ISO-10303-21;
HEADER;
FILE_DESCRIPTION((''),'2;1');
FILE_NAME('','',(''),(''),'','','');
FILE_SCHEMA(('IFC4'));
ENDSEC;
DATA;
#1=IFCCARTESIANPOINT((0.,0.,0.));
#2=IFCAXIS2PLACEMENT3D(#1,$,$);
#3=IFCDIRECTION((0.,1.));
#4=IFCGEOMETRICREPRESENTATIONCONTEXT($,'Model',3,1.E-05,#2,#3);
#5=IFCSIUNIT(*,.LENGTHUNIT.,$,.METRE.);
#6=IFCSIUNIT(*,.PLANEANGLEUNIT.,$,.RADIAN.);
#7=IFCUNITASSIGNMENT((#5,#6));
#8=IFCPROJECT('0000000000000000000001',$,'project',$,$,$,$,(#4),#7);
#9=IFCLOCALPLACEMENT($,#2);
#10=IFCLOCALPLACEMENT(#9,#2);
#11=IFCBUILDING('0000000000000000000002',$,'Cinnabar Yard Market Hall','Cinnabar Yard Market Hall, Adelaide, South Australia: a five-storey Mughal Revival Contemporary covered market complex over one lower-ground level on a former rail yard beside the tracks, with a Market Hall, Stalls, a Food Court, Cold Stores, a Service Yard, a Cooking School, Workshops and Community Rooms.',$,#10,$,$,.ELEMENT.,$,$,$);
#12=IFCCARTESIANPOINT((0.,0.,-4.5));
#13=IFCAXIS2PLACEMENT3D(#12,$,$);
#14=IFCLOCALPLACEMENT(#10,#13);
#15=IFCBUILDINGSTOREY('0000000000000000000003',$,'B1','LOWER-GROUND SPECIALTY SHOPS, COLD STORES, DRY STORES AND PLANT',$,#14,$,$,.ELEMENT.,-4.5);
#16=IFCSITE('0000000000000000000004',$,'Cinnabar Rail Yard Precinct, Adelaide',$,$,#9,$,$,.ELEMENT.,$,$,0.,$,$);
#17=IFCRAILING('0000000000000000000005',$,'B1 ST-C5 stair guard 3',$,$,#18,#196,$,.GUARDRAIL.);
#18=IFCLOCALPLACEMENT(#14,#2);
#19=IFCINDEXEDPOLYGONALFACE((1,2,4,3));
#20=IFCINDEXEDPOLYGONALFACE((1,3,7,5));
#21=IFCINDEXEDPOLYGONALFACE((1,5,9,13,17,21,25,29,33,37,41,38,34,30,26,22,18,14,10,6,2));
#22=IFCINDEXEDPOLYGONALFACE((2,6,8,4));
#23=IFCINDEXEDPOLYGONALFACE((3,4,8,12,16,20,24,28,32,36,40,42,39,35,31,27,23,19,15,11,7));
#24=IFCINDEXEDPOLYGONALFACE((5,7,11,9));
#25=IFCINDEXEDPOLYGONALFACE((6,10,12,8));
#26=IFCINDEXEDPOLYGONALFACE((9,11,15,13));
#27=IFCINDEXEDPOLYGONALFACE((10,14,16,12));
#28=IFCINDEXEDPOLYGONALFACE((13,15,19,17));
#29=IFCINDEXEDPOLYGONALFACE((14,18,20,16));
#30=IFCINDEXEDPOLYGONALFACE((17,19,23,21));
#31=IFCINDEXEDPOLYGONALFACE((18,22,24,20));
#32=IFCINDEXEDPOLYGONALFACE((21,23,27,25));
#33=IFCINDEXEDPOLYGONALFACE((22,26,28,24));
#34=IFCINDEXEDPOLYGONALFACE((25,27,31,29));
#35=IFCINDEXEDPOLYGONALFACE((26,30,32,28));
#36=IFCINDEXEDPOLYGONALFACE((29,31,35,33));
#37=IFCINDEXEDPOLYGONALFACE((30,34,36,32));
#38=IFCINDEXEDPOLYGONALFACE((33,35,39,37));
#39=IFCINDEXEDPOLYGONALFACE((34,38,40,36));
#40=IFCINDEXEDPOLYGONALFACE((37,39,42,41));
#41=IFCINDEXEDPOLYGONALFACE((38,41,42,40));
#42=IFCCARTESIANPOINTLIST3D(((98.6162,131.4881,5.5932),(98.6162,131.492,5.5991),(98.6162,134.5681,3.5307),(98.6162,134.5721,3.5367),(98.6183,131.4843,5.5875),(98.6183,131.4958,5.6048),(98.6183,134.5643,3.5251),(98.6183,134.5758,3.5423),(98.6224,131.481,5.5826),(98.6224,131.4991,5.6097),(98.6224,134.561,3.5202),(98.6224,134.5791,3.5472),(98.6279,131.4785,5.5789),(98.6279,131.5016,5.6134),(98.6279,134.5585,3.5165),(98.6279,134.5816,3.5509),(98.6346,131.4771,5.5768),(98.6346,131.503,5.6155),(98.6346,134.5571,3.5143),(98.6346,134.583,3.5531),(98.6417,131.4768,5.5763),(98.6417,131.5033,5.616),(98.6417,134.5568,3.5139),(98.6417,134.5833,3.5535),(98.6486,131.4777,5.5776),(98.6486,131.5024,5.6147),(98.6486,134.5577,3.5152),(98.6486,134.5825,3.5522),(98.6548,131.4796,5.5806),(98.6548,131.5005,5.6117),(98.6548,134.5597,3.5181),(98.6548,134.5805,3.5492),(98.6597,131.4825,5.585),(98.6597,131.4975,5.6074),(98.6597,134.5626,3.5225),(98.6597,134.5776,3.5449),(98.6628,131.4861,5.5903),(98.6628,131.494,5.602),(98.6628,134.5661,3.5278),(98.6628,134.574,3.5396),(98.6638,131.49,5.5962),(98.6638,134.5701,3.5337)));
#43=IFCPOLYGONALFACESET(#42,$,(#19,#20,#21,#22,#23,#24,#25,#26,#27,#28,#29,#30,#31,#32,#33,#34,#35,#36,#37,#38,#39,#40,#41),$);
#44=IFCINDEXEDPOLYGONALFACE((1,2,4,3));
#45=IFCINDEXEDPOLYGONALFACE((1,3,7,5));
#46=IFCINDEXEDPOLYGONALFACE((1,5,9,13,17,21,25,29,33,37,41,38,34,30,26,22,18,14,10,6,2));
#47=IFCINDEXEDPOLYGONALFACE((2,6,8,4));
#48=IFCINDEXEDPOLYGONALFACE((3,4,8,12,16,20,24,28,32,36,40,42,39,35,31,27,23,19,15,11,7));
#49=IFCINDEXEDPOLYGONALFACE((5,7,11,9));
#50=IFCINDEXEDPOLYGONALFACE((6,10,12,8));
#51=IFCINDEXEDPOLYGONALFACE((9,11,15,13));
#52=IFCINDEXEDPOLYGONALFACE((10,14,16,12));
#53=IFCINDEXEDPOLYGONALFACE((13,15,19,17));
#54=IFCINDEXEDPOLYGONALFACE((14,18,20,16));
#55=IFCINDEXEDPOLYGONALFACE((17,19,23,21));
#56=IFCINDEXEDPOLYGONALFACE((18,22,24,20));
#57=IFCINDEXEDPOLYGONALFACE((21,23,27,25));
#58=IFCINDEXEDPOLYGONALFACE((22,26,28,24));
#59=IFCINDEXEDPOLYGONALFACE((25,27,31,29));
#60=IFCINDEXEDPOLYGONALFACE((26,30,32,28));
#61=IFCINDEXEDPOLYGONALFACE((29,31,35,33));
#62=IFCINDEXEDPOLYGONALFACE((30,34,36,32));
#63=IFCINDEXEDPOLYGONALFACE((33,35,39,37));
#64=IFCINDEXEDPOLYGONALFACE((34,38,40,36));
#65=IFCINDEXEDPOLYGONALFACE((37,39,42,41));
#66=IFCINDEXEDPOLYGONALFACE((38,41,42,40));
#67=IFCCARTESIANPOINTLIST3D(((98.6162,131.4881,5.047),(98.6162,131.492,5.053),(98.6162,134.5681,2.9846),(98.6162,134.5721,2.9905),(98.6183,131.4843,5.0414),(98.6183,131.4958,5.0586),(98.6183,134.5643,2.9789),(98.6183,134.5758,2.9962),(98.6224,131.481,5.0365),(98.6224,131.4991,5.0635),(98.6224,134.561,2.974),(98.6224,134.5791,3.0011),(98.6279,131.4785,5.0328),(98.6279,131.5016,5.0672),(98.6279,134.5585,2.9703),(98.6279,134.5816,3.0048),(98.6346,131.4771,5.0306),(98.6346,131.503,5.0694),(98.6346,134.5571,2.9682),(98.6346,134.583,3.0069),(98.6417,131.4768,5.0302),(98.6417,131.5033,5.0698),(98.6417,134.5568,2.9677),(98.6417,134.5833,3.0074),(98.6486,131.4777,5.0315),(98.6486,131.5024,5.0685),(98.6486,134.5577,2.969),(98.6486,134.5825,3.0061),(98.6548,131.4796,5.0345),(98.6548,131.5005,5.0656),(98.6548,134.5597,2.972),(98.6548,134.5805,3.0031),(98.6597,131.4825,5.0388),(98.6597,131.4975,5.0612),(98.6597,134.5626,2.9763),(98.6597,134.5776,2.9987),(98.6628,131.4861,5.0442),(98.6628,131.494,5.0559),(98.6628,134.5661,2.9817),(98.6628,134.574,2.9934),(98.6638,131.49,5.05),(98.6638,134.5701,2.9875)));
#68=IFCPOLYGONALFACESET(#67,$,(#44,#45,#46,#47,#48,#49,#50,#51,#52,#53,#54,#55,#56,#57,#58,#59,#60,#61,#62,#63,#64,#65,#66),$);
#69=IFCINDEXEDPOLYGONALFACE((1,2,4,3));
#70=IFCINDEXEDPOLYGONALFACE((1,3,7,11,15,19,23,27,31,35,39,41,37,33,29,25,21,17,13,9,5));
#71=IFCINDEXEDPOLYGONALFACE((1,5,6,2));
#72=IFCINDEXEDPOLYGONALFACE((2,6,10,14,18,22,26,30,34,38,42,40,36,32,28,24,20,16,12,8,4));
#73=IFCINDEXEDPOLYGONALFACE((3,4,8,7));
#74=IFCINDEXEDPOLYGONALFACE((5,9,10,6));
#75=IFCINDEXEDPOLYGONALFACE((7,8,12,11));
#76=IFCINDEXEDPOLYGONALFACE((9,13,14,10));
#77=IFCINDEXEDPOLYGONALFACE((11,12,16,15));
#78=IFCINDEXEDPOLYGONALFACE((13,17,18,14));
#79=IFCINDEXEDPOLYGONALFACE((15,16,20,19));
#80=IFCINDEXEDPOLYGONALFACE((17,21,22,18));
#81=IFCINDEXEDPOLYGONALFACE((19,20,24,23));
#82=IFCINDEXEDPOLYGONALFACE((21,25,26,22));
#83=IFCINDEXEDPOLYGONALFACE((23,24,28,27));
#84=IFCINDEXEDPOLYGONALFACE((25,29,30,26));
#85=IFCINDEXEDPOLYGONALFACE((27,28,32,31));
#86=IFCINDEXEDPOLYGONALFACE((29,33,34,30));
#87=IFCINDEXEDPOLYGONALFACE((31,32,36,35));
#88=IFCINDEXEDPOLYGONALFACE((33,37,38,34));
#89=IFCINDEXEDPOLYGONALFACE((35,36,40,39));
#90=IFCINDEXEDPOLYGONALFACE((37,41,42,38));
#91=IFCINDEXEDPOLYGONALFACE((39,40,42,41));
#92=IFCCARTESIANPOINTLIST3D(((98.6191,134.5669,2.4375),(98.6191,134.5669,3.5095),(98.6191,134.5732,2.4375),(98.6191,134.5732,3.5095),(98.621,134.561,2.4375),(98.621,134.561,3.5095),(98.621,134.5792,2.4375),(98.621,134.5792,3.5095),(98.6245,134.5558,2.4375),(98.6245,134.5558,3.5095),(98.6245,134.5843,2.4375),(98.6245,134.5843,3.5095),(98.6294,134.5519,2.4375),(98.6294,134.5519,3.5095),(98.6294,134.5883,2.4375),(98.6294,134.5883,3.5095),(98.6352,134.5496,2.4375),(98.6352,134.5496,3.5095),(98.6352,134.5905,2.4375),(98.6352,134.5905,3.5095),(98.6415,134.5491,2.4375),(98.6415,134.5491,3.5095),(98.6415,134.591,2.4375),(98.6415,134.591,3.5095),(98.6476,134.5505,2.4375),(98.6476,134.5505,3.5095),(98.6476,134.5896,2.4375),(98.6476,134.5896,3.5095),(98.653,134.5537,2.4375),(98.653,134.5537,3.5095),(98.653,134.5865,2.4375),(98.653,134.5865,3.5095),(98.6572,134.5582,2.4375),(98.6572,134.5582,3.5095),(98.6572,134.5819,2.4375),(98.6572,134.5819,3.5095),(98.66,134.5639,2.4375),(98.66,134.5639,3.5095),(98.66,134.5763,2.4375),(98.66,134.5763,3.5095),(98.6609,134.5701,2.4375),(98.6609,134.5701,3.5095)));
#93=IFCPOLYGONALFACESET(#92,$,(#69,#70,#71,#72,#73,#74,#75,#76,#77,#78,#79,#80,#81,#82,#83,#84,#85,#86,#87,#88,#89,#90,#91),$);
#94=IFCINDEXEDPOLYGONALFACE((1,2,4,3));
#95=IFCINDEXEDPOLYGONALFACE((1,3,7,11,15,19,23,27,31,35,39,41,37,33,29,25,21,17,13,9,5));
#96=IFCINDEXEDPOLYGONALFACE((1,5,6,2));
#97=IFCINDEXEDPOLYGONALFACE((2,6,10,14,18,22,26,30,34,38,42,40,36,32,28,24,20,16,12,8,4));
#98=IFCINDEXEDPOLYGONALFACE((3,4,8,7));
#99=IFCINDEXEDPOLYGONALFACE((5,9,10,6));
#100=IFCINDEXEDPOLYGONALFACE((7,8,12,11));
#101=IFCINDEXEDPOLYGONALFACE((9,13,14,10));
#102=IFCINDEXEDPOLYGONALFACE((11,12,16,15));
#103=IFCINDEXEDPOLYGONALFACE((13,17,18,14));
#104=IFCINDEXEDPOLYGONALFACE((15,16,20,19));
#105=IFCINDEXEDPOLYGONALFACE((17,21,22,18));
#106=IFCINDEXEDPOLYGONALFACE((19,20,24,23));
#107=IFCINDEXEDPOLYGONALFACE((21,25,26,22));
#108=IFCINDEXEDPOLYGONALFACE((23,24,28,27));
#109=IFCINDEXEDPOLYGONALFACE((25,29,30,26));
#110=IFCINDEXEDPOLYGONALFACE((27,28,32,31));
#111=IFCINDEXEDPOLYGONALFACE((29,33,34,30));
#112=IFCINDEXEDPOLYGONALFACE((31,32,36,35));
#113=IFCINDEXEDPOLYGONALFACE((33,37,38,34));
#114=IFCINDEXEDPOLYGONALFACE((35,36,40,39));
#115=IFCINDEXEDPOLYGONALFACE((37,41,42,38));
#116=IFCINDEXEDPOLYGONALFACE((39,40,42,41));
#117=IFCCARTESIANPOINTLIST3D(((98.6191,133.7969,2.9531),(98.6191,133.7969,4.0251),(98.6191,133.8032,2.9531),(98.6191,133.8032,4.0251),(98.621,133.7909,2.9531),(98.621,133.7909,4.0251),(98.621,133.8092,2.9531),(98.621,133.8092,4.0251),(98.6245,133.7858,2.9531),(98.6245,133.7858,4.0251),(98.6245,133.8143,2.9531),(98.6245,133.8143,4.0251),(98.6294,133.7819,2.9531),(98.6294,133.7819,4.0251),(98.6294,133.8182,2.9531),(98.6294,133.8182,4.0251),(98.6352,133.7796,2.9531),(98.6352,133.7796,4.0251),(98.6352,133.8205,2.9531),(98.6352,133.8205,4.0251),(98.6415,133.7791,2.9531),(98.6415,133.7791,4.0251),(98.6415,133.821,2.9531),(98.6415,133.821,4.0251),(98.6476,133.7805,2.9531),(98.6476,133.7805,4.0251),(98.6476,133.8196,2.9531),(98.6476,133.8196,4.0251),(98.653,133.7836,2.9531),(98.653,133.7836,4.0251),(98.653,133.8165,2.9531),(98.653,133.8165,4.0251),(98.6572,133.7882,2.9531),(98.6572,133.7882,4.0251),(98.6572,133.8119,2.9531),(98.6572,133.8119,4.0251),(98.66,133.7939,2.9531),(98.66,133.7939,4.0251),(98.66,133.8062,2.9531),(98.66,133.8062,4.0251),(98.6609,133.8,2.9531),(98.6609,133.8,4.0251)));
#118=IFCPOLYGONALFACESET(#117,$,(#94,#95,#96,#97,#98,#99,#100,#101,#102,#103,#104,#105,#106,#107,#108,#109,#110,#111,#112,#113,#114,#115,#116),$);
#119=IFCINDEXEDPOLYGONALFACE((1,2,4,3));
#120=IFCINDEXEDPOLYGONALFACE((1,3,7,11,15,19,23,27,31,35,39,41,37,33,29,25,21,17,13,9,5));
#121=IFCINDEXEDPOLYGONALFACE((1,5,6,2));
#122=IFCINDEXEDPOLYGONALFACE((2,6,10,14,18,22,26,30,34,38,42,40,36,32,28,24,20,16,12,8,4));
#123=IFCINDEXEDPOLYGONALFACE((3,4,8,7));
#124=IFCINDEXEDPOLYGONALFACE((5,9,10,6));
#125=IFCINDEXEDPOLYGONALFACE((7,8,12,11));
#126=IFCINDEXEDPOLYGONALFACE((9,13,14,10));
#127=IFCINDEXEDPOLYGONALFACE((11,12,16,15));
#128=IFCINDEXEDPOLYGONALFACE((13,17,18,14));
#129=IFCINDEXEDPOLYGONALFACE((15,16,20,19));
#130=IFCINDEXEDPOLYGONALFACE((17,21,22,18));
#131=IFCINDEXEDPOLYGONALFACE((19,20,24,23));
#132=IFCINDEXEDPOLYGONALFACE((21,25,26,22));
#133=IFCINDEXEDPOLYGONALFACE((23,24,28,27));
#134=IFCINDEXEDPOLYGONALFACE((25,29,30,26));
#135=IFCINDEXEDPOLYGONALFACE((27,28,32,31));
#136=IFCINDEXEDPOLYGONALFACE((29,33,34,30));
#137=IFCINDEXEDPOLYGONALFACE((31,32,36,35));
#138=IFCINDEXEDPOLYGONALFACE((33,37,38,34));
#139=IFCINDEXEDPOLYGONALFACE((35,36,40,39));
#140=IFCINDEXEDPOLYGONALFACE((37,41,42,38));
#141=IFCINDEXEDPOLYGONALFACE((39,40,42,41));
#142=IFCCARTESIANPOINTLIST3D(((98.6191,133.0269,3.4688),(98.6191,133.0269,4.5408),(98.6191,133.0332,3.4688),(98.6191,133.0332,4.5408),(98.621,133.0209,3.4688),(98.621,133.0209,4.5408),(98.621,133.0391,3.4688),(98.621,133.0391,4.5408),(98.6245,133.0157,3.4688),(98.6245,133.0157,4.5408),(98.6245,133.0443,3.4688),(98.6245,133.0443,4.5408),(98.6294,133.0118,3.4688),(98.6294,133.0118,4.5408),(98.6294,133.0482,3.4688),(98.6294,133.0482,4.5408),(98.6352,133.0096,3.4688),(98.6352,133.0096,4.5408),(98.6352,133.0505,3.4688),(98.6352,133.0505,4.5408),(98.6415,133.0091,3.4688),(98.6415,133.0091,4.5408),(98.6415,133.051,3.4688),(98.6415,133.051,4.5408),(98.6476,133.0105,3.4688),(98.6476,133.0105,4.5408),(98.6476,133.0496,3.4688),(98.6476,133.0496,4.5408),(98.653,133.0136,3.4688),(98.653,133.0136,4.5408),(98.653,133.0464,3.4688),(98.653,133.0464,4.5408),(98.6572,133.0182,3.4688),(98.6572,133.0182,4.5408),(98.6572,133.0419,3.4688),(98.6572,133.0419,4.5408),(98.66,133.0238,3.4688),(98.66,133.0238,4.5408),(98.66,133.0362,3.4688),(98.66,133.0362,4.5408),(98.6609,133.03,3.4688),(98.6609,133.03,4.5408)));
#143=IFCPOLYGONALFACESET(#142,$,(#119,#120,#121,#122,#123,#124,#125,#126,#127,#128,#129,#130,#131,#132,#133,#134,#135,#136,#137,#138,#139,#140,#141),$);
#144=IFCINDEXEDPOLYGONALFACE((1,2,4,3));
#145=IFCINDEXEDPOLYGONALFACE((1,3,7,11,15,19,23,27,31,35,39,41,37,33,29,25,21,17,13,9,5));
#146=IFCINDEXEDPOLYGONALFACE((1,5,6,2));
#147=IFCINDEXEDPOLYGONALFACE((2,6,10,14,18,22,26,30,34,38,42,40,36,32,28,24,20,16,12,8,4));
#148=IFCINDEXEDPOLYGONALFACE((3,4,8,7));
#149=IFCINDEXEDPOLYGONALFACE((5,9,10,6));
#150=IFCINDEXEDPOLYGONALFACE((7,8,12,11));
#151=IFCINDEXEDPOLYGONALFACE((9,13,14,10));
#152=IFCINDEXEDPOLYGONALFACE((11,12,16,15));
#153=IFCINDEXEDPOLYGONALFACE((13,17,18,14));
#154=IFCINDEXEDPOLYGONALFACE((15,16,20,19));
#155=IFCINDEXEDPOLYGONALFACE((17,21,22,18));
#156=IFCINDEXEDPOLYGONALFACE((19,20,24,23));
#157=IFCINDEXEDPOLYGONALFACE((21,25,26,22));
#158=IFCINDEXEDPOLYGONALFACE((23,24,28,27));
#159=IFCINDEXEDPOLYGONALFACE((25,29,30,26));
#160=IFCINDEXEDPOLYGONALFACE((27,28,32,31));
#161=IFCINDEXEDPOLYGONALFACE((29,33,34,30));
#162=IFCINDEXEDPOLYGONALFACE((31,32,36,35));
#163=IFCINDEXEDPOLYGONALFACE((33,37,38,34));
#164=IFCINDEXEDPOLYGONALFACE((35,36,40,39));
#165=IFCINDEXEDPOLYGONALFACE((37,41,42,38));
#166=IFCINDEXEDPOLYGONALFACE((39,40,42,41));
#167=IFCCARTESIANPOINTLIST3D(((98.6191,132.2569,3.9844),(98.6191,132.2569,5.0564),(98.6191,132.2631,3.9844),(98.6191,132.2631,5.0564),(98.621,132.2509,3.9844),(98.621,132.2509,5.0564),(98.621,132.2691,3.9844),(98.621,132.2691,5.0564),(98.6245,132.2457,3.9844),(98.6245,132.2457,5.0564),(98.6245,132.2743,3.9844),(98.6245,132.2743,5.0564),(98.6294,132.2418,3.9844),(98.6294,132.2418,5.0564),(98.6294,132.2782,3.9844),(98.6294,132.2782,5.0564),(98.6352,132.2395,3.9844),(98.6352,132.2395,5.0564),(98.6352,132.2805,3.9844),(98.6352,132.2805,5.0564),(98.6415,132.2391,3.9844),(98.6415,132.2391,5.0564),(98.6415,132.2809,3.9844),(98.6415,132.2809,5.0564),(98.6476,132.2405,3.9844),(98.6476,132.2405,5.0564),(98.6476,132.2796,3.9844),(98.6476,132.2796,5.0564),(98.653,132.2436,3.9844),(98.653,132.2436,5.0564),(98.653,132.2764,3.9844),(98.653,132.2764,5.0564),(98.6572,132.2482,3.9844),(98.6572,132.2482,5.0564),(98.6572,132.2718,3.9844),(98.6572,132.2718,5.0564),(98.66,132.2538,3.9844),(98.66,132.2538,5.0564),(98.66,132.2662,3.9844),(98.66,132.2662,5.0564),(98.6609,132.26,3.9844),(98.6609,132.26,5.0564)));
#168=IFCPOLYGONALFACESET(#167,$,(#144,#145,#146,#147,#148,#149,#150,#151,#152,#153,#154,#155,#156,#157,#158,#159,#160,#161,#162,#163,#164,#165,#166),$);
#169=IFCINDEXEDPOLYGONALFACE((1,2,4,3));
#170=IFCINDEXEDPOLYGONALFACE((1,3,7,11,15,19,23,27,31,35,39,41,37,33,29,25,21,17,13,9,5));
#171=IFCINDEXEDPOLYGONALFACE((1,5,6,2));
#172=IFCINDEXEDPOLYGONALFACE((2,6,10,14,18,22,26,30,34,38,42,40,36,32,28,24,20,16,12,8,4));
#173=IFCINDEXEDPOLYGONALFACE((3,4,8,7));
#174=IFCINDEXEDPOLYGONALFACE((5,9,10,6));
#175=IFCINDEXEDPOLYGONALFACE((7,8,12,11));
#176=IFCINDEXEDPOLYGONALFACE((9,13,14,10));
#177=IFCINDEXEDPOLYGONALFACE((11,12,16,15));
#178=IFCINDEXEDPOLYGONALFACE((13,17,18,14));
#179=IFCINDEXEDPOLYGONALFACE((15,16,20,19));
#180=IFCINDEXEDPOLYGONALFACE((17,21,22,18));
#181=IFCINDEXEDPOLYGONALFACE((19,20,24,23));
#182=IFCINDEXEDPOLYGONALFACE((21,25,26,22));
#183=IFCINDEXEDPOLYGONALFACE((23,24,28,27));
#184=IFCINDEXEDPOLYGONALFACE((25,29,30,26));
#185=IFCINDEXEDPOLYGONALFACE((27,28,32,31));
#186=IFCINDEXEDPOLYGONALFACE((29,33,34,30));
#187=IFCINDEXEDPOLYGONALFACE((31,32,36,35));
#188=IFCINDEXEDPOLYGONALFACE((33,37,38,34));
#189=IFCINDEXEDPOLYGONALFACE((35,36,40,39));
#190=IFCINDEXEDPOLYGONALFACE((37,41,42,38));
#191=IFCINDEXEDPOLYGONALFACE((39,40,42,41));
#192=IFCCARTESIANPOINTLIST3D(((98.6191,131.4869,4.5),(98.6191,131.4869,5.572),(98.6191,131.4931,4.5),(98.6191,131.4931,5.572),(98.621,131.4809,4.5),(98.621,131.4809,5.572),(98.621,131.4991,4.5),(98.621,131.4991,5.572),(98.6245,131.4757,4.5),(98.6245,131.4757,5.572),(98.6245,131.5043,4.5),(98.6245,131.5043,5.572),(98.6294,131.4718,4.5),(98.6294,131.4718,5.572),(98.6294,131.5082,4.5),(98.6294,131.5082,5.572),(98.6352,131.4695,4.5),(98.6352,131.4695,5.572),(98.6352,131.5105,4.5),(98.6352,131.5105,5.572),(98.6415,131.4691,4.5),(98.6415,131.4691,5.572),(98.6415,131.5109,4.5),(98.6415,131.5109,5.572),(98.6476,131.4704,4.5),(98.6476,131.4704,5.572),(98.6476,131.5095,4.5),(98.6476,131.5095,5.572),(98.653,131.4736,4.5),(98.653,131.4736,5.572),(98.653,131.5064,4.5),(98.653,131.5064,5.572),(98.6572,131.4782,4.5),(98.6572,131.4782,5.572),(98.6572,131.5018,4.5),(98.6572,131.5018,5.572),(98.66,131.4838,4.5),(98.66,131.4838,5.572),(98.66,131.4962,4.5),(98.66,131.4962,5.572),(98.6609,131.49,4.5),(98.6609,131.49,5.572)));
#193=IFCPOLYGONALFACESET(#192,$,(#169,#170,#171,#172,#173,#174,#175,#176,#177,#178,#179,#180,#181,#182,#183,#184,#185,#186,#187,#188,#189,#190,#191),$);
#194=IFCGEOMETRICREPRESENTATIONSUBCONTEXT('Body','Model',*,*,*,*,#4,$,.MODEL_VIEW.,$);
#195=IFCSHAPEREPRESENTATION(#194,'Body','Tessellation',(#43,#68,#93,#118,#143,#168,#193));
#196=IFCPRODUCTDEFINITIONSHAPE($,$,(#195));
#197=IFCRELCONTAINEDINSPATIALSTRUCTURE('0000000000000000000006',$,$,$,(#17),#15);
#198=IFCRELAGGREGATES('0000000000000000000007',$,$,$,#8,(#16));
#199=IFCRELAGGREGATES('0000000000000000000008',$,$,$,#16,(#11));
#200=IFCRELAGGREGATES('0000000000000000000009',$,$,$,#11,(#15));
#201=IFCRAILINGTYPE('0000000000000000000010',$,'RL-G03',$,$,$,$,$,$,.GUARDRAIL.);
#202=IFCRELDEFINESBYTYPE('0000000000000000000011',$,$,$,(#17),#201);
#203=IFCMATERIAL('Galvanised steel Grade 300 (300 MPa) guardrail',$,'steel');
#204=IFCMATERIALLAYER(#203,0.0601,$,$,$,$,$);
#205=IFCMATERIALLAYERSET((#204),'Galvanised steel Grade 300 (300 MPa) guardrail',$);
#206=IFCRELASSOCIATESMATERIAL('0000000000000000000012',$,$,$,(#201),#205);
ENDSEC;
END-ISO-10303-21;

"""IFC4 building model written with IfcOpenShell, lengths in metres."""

from ifc_helpers import new_model, si_unit, direction, frame, origin, origin_2d_with_axis, place, context, subcontext, project, spatial, circle, extrude, material, layer, layer_set, type_object, element, save


model = new_model("IFC4")

# Units and contexts
model_context = context("Model", 3, precision=1e-05, world=origin(), true_north=direction((0.0, 1.0)))
body_context = subcontext(model_context, "Body", "Model", "MODEL_VIEW")
ifc_project = project(units=[si_unit("LENGTHUNIT", "METRE"), si_unit("PLANEANGLEUNIT", "RADIAN")], contexts=[model_context])

# Site, building, storey
site_placement = place(None, origin())
site = spatial("IfcSite", under=ifc_project, at=site_placement, Name="Cinnabar Rail Yard Precinct, Adelaide", CompositionType="ELEMENT", RefElevation=0.0)
building_placement = place(site_placement, origin())
building = spatial("IfcBuilding", under=site, at=building_placement, Name="Cinnabar Yard Market Hall", Description="Cinnabar Yard Market Hall, Adelaide, South Australia: a five-storey Mughal Revival Contemporary covered market complex over one lower-ground level on a former rail yard beside the tracks, with a Market Hall, Stalls, a Food Court, Cold Stores, a Service Yard, a Cooking School, Workshops and Community Rooms.", CompositionType="ELEMENT")
storey_placement = place(building_placement, frame((0.0, 0.0, -4.5)))
storey = spatial("IfcBuildingStorey", under=building, at=storey_placement, Name="B1", Description="LOWER-GROUND SPECIALTY SHOPS, COLD STORES, DRY STORES AND PLANT", CompositionType="ELEMENT", Elevation=-4.5)

# Railing
ifc_material_1 = material(Name="Galvanised steel Grade 300 (300 MPa) guardrail", Category="steel")
ifc_layer_1 = layer(ifc_material_1, 0.0601)
ifc_layer_set_1 = layer_set([ifc_layer_1], Name="Galvanised steel Grade 300 (300 MPa) guardrail")
railing_type_1 = type_object("IfcRailingType", Name="RL-G03", PredefinedType="GUARDRAIL", material=ifc_layer_set_1)
railing_1_placement = place(storey_placement, frame((98.6399, 134.5701, 2.4375)))
element("IfcRailing", 1, at=railing_1_placement, inside=storey, type_object=railing_type_1, Name="B1 ST-C5 stair guard 3", PredefinedType="GUARDRAIL", context=body_context, shape_type="SweptSolid", body=[
    extrude(circle(Radius=0.0239, at=origin_2d_with_axis()), frame((0.0, 0.0, 1.0962), z_axis=(0.0, -0.830914, 0.556401), x_axis=(1.0, 0.0, 0.0)), (0.0, 0.0, 1.0), 3.7068),
    extrude(circle(Radius=0.0239, at=origin_2d_with_axis()), frame((0.0, 0.0, 0.55), z_axis=(0.0, -0.830914, 0.556401), x_axis=(1.0, 0.0, 0.0)), (0.0, 0.0, 1.0), 3.7068),
    extrude(circle(Radius=0.021, at=origin_2d_with_axis()), origin(), (0.0, 0.0, 1.0), 1.072),
    extrude(circle(Radius=0.021, at=origin_2d_with_axis()), frame((0.0, -0.77, 0.5156)), (0.0, 0.0, 1.0), 1.072),
    extrude(circle(Radius=0.021, at=origin_2d_with_axis()), frame((0.0, -1.54, 1.0312)), (0.0, 0.0, 1.0), 1.072),
    extrude(circle(Radius=0.021, at=origin_2d_with_axis()), frame((0.0, -2.3101, 1.5469)), (0.0, 0.0, 1.0), 1.072),
    extrude(circle(Radius=0.021, at=origin_2d_with_axis()), frame((0.0, -3.0801, 2.0625)), (0.0, 0.0, 1.0), 1.072),
])

save(model, "model.ifc")
